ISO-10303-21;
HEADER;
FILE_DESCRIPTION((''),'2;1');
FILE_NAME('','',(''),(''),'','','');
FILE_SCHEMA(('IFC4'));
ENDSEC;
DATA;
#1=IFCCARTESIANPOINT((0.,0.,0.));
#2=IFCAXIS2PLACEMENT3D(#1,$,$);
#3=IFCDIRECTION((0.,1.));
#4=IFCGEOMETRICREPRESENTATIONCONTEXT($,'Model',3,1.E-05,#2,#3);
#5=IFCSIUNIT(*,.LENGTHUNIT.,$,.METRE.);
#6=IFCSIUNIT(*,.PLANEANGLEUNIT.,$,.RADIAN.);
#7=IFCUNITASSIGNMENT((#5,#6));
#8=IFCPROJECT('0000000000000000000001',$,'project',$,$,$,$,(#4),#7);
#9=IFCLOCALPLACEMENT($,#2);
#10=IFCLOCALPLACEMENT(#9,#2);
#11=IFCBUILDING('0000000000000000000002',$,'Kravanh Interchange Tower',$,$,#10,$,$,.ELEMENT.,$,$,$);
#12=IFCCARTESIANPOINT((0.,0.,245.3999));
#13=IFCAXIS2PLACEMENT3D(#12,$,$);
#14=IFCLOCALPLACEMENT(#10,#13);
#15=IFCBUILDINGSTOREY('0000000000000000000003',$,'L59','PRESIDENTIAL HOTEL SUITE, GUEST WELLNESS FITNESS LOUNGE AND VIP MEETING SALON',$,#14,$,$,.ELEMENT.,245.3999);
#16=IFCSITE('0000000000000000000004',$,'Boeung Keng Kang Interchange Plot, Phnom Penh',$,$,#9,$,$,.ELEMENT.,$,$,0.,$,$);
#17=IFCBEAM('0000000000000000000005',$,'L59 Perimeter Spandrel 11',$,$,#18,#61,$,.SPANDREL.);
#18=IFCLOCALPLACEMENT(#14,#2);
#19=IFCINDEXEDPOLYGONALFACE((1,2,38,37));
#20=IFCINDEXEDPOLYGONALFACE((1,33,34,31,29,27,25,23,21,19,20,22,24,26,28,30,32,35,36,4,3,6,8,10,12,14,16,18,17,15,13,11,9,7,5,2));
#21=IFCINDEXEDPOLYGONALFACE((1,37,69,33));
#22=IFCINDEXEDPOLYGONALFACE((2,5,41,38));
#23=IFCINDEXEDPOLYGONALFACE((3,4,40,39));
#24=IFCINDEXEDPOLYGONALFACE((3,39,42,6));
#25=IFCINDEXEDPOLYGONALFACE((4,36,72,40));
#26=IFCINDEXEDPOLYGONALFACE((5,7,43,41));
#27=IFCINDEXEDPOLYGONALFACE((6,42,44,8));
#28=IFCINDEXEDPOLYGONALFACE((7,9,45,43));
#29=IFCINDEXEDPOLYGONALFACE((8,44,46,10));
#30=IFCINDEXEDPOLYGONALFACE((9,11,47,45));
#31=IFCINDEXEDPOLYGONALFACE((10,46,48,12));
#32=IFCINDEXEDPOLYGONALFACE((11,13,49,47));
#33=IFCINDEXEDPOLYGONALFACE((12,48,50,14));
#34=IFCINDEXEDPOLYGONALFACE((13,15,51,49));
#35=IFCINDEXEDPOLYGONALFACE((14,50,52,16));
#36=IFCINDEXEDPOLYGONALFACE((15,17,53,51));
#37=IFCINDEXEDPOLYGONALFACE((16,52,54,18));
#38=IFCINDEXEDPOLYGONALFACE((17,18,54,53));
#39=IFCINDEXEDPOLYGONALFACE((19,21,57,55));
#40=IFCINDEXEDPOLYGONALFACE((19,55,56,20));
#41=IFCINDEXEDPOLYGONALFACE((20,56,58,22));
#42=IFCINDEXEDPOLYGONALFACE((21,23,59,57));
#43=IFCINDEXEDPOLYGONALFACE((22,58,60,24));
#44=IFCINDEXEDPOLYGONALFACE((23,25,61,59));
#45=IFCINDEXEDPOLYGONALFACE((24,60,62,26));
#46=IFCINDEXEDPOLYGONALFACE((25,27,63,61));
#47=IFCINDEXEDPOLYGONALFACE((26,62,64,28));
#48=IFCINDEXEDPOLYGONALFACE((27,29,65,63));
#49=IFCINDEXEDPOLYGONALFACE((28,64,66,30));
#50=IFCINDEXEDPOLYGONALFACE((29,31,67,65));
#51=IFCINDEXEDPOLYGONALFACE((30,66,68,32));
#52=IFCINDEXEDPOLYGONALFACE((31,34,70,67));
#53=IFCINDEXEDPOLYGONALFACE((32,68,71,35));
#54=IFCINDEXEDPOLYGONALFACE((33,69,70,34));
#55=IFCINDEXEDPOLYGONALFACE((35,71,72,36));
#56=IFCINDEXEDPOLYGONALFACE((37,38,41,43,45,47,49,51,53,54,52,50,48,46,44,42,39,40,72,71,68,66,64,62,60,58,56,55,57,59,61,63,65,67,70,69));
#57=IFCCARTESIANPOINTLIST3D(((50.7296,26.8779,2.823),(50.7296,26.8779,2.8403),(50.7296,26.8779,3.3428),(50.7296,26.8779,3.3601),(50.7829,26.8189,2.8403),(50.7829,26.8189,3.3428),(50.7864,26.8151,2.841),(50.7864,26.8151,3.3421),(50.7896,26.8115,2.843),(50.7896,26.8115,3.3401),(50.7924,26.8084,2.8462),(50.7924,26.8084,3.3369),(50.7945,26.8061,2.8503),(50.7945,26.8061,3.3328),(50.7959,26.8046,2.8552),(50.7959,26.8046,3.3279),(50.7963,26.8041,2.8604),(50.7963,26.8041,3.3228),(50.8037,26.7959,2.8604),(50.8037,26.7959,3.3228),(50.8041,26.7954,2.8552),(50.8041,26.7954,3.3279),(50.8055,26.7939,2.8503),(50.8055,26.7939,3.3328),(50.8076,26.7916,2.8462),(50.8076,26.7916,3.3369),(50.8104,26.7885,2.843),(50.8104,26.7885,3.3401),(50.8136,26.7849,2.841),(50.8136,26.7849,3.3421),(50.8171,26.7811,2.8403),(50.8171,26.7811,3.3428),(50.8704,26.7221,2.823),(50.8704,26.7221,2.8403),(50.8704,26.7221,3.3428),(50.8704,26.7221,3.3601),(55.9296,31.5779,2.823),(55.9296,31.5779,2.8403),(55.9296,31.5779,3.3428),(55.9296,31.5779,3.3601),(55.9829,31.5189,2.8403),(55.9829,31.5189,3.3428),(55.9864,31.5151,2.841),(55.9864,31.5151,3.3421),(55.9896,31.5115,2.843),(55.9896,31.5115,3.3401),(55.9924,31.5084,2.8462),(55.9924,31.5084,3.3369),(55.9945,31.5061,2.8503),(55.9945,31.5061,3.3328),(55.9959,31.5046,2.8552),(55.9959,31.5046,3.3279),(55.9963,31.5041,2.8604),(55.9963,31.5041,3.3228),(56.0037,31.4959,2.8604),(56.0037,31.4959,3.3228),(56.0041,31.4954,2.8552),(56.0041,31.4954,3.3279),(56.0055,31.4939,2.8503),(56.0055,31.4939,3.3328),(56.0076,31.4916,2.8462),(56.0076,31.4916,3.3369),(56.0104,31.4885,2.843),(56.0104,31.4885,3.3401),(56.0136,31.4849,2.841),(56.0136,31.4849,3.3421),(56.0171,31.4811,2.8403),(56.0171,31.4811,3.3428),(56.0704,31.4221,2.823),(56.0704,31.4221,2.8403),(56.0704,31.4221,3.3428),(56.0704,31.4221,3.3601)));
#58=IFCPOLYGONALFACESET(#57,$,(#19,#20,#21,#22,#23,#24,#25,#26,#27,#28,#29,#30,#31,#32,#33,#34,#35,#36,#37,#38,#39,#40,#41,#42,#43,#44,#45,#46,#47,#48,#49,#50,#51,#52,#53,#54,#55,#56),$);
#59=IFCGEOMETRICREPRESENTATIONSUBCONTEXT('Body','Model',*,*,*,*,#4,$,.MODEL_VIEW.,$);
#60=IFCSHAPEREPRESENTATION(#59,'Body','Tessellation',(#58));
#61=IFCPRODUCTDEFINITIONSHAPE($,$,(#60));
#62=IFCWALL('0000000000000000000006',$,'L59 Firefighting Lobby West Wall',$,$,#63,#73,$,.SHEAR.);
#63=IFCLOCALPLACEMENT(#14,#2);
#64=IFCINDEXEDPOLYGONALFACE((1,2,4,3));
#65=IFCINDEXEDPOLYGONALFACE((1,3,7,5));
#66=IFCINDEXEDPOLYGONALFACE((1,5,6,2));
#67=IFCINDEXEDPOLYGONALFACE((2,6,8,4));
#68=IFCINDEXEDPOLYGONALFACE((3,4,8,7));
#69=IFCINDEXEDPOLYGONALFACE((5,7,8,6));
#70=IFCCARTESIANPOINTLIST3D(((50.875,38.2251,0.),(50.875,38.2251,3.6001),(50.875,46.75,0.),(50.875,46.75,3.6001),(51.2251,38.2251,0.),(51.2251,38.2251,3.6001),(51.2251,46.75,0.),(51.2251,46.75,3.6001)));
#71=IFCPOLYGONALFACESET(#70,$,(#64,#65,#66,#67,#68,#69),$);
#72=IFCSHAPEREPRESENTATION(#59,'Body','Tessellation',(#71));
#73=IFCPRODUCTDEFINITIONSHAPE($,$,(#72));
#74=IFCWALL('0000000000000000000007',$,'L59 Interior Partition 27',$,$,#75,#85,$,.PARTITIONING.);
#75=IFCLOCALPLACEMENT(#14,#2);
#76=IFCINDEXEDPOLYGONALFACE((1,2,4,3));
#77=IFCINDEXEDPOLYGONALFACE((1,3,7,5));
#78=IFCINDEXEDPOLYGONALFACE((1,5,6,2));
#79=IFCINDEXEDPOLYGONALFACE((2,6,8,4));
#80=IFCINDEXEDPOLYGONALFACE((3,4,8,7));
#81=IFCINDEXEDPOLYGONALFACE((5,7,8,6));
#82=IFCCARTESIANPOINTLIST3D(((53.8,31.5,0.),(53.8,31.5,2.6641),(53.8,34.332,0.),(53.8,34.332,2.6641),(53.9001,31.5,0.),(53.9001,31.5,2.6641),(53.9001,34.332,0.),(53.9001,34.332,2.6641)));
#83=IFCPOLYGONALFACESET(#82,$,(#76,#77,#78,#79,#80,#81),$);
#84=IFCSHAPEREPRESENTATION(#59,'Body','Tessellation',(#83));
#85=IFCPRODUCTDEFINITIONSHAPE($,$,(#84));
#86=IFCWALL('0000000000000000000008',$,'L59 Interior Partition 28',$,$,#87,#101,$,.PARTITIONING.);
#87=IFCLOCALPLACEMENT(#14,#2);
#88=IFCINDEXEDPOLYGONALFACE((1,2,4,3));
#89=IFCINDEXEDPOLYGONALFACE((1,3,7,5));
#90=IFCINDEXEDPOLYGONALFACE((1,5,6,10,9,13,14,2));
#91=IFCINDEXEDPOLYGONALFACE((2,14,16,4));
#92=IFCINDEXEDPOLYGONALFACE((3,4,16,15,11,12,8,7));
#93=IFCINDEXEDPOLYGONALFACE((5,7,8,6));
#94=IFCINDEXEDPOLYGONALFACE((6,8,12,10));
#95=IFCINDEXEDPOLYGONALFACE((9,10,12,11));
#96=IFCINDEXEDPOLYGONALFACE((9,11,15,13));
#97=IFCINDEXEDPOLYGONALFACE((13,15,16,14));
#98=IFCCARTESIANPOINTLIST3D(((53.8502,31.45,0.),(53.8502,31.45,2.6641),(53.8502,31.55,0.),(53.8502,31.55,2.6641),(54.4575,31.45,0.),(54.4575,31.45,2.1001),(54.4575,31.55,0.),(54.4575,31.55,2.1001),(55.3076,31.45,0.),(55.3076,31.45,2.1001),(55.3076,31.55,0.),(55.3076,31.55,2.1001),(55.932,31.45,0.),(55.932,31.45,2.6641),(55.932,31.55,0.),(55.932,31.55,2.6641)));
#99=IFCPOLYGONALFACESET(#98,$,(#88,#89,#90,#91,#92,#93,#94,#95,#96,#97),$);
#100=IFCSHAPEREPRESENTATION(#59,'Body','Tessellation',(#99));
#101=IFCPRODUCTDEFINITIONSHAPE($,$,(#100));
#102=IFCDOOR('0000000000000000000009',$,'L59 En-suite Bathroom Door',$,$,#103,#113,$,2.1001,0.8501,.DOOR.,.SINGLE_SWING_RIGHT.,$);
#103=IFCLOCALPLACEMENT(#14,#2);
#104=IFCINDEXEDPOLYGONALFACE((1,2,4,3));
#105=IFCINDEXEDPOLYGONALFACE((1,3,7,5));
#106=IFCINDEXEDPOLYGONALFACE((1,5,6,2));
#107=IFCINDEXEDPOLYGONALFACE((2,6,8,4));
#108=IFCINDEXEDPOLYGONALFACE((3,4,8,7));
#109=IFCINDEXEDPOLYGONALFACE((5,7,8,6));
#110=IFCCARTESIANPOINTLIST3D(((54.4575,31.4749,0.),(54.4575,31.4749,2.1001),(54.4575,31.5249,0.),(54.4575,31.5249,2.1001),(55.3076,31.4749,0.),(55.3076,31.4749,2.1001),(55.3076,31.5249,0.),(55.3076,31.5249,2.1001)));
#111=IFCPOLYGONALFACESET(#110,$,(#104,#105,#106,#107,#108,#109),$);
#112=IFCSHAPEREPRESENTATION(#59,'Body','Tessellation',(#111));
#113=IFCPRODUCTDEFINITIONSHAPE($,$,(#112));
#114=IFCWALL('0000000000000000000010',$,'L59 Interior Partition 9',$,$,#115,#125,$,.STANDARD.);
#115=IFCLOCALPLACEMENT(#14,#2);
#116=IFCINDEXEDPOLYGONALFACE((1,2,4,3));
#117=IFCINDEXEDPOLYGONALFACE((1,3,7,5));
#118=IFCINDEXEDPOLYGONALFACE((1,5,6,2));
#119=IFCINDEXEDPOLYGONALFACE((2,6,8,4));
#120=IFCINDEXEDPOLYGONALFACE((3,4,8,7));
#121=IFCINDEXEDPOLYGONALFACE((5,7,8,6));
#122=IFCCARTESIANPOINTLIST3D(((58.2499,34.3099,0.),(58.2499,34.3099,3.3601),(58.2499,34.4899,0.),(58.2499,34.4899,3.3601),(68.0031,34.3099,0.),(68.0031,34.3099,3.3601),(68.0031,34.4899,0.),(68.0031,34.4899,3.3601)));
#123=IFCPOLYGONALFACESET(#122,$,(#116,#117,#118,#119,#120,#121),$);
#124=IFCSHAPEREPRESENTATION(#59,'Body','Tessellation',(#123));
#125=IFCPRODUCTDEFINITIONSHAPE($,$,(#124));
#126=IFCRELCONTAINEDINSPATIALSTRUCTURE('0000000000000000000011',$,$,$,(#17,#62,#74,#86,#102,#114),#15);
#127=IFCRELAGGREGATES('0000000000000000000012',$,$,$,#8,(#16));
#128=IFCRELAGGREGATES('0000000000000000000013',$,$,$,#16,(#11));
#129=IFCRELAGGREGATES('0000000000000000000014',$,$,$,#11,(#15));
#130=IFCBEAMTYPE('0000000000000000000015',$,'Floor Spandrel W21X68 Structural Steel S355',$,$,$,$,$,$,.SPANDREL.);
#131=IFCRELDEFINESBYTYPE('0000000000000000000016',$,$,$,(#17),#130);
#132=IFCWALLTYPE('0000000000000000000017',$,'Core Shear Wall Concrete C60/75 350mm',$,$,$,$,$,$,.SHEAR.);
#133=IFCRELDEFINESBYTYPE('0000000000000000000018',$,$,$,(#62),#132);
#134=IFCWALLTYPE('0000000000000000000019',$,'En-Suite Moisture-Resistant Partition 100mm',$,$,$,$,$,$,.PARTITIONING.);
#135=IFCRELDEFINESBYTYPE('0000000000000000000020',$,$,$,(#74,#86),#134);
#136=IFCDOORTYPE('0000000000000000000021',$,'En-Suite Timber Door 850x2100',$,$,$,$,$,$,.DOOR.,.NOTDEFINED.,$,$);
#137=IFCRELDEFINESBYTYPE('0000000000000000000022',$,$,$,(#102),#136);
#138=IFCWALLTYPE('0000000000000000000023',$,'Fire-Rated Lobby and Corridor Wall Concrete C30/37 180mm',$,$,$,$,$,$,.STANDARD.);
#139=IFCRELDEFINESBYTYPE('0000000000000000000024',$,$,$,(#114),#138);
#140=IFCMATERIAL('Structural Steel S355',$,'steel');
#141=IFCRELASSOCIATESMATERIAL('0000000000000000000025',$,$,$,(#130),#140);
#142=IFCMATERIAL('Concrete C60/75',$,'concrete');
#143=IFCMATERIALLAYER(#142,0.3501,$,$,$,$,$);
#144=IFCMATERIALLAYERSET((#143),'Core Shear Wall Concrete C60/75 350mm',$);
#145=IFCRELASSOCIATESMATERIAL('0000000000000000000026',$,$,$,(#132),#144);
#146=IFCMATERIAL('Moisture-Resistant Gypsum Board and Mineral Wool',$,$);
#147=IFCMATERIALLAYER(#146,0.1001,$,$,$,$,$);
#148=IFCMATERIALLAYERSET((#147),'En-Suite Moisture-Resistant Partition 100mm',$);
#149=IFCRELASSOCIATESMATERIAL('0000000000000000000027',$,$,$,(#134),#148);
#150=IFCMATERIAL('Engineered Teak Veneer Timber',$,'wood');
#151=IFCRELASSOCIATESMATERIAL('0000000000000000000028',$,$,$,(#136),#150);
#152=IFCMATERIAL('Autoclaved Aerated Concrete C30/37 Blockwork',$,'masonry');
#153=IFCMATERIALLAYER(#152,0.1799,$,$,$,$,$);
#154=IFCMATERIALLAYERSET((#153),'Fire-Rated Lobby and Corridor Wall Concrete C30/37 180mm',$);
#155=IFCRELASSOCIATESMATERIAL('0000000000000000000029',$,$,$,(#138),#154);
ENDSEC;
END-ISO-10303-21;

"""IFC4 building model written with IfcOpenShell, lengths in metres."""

from ifc_helpers import new_model, si_unit, direction, frame, frame_2d, origin, origin_2d, place, context, subcontext, project, spatial, rectangle, i_section, extrude, material, layer, layer_set, material_profile, profile_set, type_object, element, fill, save


model = new_model("IFC4")

# Units and contexts
model_context = context("Model", 3, precision=1e-05, world=origin(), true_north=direction((0.0, 1.0)))
body_context = subcontext(model_context, "Body", "Model", "MODEL_VIEW")
ifc_project = project(units=[si_unit("LENGTHUNIT", "METRE"), si_unit("PLANEANGLEUNIT", "RADIAN")], contexts=[model_context])

# Site, building, storey
site_placement = place(None, origin())
site = spatial("IfcSite", under=ifc_project, at=site_placement, Name="Boeung Keng Kang Interchange Plot, Phnom Penh", CompositionType="ELEMENT", RefElevation=0.0)
building_placement = place(site_placement, origin())
building = spatial("IfcBuilding", under=site, at=building_placement, Name="Kravanh Interchange Tower", CompositionType="ELEMENT")
storey_placement = place(building_placement, frame((0.0, 0.0, 245.3999)))
storey = spatial("IfcBuildingStorey", under=building, at=storey_placement, Name="L59", Description="PRESIDENTIAL HOTEL SUITE, GUEST WELLNESS FITNESS LOUNGE AND VIP MEETING SALON", CompositionType="ELEMENT", Elevation=245.3999)

# Beam
ifc_material_1 = material(Name="Structural Steel S355", Category="steel")
ifc_material_profile_1 = material_profile(ifc_material_1, i_section(OverallWidth=0.21, OverallDepth=0.5371, WebThickness=0.011, FlangeThickness=0.0173, FilletRadius=0.02, at=origin_2d()), Name="W21X68")
ifc_profile_set_1 = profile_set([ifc_material_profile_1], Name="Structural Steel S355")
beam_type_1 = type_object("IfcBeamType", Name="Floor Spandrel W21X68 Structural Steel S355", PredefinedType="SPANDREL", material=ifc_profile_set_1)
for number, where, z_axis, x_axis, name in (
    (1, (56.0, 31.5, 3.0916), (-0.741874, -0.670539, 0.0), (0.670539, -0.741874, 0.0), "L59 Perimeter Spandrel 11"),
):
    element("IfcBeam", number, at=place(storey_placement, frame(where, z_axis=z_axis, x_axis=x_axis)), inside=storey, type_object=beam_type_1, Name=name, PredefinedType="SPANDREL", context=body_context, shape_type="SweptSolid", body=[
        extrude(i_section(OverallWidth=0.21, OverallDepth=0.5371, WebThickness=0.011, FlangeThickness=0.0173, FilletRadius=0.02, at=origin_2d()), origin(), (0.0, 0.0, 1.0), 7.0093),
    ])

# Wall
ifc_material_2 = material(Name="Concrete C60/75", Category="concrete")
ifc_layer_1 = layer(ifc_material_2, 0.3501)
ifc_layer_set_1 = layer_set([ifc_layer_1], Name="Core Shear Wall Concrete C60/75 350mm")
wall_type_1 = type_object("IfcWallType", Name="Core Shear Wall Concrete C60/75 350mm", PredefinedType="SHEAR", material=ifc_layer_set_1)
wall_1_placement = place(storey_placement, frame((51.05, 38.2251, 0.0), z_axis=(0.0, 0.0, 1.0), x_axis=(0.0, 1.0, 0.0)))
element("IfcWall", 2, at=wall_1_placement, inside=storey, type_object=wall_type_1, Name="L59 Firefighting Lobby West Wall", PredefinedType="SHEAR", context=body_context, shape_type="SweptSolid", body=[
    extrude(rectangle(XDim=8.5249, YDim=0.3501, at=frame_2d((4.2625, 0.0))), origin(), (0.0, 0.0, 1.0), 3.6001),
])

# Wall
ifc_material_3 = material(Name="Moisture-Resistant Gypsum Board and Mineral Wool")
ifc_layer_2 = layer(ifc_material_3, 0.1001)
ifc_layer_set_2 = layer_set([ifc_layer_2], Name="En-Suite Moisture-Resistant Partition 100mm")
wall_type_2 = type_object("IfcWallType", Name="En-Suite Moisture-Resistant Partition 100mm", PredefinedType="PARTITIONING", material=ifc_layer_set_2)
wall_2_placement = place(storey_placement, frame((53.8501, 31.5, 0.0), z_axis=(0.0, 0.0, 1.0), x_axis=(0.0, 1.0, 0.0)))
element("IfcWall", 3, at=wall_2_placement, inside=storey, type_object=wall_type_2, Name="L59 Interior Partition 27", PredefinedType="PARTITIONING", context=body_context, shape_type="SweptSolid", body=[
    extrude(rectangle(XDim=2.832, YDim=0.1001, at=frame_2d((1.416, 0.0))), origin(), (0.0, 0.0, 1.0), 2.6641),
])

# Wall, opening, door
wall_3_placement = place(storey_placement, frame((53.8501, 31.5, 0.0), z_axis=(0.0, 0.0, 1.0), x_axis=(1.0, 0.0, 0.0)))
wall_3 = element("IfcWall", 4, at=wall_3_placement, inside=storey, type_object=wall_type_2, Name="L59 Interior Partition 28", PredefinedType="PARTITIONING", context=body_context, shape_type="SweptSolid", body=[
    extrude(rectangle(XDim=2.0818, YDim=0.1001, at=frame_2d((1.041, 0.0))), origin(), (0.0, 0.0, 1.0), 2.6641),
])
opening_1_placement = place(wall_3_placement, frame((0.6074, 0.0, 0.0)))
opening_1 = element("IfcOpeningElement", 5, at=opening_1_placement, cuts=wall_3, PredefinedType="OPENING", context=body_context, shape_type="SweptSolid", body=[
    extrude(rectangle(XDim=0.8501, YDim=2.1001, at=frame_2d((0.425, 1.05))), frame((0.0, 0.0601, 0.0), z_axis=(0.0, -1.0, 0.0), x_axis=(1.0, 0.0, 0.0)), (0.0, 0.0, 1.0), 0.1201),
])
ifc_material_4 = material(Name="Engineered Teak Veneer Timber", Category="wood")
door_type_1 = type_object("IfcDoorType", Name="En-Suite Timber Door 850x2100", OperationType="NOTDEFINED", PredefinedType="DOOR", material=ifc_material_4)
door_1_placement = place(opening_1_placement, origin())
door_1 = element("IfcDoor", 6, at=door_1_placement, inside=storey, type_object=door_type_1, Name="L59 En-suite Bathroom Door", OperationType="SINGLE_SWING_RIGHT", OverallHeight=2.1001, OverallWidth=0.8501, PredefinedType="DOOR", context=body_context, shape_type="SweptSolid", body=[
    extrude(rectangle(XDim=0.8501, YDim=2.1001, at=frame_2d((0.425, 1.05))), frame((0.0, 0.0249, 0.0), z_axis=(0.0, -1.0, 0.0), x_axis=(1.0, 0.0, 0.0)), (0.0, 0.0, 1.0), 0.05),
])
fill(opening_1, door_1)

# Wall
ifc_material_5 = material(Name="Autoclaved Aerated Concrete C30/37 Blockwork", Category="masonry")
ifc_layer_3 = layer(ifc_material_5, 0.1799)
ifc_layer_set_3 = layer_set([ifc_layer_3], Name="Fire-Rated Lobby and Corridor Wall Concrete C30/37 180mm")
wall_type_3 = type_object("IfcWallType", Name="Fire-Rated Lobby and Corridor Wall Concrete C30/37 180mm", PredefinedType="STANDARD", material=ifc_layer_set_3)
wall_4_placement = place(storey_placement, frame((58.25, 34.3999, 0.0), z_axis=(0.0, 0.0, 1.0), x_axis=(1.0, 0.0, 0.0)))
element("IfcWall", 7, at=wall_4_placement, inside=storey, type_object=wall_type_3, Name="L59 Interior Partition 9", PredefinedType="STANDARD", context=body_context, shape_type="SweptSolid", body=[
    extrude(rectangle(XDim=9.7532, YDim=0.1799, at=frame_2d((4.8765, 0.0))), origin(), (0.0, 0.0, 1.0), 3.3601),
])

save(model, "model.ifc")
